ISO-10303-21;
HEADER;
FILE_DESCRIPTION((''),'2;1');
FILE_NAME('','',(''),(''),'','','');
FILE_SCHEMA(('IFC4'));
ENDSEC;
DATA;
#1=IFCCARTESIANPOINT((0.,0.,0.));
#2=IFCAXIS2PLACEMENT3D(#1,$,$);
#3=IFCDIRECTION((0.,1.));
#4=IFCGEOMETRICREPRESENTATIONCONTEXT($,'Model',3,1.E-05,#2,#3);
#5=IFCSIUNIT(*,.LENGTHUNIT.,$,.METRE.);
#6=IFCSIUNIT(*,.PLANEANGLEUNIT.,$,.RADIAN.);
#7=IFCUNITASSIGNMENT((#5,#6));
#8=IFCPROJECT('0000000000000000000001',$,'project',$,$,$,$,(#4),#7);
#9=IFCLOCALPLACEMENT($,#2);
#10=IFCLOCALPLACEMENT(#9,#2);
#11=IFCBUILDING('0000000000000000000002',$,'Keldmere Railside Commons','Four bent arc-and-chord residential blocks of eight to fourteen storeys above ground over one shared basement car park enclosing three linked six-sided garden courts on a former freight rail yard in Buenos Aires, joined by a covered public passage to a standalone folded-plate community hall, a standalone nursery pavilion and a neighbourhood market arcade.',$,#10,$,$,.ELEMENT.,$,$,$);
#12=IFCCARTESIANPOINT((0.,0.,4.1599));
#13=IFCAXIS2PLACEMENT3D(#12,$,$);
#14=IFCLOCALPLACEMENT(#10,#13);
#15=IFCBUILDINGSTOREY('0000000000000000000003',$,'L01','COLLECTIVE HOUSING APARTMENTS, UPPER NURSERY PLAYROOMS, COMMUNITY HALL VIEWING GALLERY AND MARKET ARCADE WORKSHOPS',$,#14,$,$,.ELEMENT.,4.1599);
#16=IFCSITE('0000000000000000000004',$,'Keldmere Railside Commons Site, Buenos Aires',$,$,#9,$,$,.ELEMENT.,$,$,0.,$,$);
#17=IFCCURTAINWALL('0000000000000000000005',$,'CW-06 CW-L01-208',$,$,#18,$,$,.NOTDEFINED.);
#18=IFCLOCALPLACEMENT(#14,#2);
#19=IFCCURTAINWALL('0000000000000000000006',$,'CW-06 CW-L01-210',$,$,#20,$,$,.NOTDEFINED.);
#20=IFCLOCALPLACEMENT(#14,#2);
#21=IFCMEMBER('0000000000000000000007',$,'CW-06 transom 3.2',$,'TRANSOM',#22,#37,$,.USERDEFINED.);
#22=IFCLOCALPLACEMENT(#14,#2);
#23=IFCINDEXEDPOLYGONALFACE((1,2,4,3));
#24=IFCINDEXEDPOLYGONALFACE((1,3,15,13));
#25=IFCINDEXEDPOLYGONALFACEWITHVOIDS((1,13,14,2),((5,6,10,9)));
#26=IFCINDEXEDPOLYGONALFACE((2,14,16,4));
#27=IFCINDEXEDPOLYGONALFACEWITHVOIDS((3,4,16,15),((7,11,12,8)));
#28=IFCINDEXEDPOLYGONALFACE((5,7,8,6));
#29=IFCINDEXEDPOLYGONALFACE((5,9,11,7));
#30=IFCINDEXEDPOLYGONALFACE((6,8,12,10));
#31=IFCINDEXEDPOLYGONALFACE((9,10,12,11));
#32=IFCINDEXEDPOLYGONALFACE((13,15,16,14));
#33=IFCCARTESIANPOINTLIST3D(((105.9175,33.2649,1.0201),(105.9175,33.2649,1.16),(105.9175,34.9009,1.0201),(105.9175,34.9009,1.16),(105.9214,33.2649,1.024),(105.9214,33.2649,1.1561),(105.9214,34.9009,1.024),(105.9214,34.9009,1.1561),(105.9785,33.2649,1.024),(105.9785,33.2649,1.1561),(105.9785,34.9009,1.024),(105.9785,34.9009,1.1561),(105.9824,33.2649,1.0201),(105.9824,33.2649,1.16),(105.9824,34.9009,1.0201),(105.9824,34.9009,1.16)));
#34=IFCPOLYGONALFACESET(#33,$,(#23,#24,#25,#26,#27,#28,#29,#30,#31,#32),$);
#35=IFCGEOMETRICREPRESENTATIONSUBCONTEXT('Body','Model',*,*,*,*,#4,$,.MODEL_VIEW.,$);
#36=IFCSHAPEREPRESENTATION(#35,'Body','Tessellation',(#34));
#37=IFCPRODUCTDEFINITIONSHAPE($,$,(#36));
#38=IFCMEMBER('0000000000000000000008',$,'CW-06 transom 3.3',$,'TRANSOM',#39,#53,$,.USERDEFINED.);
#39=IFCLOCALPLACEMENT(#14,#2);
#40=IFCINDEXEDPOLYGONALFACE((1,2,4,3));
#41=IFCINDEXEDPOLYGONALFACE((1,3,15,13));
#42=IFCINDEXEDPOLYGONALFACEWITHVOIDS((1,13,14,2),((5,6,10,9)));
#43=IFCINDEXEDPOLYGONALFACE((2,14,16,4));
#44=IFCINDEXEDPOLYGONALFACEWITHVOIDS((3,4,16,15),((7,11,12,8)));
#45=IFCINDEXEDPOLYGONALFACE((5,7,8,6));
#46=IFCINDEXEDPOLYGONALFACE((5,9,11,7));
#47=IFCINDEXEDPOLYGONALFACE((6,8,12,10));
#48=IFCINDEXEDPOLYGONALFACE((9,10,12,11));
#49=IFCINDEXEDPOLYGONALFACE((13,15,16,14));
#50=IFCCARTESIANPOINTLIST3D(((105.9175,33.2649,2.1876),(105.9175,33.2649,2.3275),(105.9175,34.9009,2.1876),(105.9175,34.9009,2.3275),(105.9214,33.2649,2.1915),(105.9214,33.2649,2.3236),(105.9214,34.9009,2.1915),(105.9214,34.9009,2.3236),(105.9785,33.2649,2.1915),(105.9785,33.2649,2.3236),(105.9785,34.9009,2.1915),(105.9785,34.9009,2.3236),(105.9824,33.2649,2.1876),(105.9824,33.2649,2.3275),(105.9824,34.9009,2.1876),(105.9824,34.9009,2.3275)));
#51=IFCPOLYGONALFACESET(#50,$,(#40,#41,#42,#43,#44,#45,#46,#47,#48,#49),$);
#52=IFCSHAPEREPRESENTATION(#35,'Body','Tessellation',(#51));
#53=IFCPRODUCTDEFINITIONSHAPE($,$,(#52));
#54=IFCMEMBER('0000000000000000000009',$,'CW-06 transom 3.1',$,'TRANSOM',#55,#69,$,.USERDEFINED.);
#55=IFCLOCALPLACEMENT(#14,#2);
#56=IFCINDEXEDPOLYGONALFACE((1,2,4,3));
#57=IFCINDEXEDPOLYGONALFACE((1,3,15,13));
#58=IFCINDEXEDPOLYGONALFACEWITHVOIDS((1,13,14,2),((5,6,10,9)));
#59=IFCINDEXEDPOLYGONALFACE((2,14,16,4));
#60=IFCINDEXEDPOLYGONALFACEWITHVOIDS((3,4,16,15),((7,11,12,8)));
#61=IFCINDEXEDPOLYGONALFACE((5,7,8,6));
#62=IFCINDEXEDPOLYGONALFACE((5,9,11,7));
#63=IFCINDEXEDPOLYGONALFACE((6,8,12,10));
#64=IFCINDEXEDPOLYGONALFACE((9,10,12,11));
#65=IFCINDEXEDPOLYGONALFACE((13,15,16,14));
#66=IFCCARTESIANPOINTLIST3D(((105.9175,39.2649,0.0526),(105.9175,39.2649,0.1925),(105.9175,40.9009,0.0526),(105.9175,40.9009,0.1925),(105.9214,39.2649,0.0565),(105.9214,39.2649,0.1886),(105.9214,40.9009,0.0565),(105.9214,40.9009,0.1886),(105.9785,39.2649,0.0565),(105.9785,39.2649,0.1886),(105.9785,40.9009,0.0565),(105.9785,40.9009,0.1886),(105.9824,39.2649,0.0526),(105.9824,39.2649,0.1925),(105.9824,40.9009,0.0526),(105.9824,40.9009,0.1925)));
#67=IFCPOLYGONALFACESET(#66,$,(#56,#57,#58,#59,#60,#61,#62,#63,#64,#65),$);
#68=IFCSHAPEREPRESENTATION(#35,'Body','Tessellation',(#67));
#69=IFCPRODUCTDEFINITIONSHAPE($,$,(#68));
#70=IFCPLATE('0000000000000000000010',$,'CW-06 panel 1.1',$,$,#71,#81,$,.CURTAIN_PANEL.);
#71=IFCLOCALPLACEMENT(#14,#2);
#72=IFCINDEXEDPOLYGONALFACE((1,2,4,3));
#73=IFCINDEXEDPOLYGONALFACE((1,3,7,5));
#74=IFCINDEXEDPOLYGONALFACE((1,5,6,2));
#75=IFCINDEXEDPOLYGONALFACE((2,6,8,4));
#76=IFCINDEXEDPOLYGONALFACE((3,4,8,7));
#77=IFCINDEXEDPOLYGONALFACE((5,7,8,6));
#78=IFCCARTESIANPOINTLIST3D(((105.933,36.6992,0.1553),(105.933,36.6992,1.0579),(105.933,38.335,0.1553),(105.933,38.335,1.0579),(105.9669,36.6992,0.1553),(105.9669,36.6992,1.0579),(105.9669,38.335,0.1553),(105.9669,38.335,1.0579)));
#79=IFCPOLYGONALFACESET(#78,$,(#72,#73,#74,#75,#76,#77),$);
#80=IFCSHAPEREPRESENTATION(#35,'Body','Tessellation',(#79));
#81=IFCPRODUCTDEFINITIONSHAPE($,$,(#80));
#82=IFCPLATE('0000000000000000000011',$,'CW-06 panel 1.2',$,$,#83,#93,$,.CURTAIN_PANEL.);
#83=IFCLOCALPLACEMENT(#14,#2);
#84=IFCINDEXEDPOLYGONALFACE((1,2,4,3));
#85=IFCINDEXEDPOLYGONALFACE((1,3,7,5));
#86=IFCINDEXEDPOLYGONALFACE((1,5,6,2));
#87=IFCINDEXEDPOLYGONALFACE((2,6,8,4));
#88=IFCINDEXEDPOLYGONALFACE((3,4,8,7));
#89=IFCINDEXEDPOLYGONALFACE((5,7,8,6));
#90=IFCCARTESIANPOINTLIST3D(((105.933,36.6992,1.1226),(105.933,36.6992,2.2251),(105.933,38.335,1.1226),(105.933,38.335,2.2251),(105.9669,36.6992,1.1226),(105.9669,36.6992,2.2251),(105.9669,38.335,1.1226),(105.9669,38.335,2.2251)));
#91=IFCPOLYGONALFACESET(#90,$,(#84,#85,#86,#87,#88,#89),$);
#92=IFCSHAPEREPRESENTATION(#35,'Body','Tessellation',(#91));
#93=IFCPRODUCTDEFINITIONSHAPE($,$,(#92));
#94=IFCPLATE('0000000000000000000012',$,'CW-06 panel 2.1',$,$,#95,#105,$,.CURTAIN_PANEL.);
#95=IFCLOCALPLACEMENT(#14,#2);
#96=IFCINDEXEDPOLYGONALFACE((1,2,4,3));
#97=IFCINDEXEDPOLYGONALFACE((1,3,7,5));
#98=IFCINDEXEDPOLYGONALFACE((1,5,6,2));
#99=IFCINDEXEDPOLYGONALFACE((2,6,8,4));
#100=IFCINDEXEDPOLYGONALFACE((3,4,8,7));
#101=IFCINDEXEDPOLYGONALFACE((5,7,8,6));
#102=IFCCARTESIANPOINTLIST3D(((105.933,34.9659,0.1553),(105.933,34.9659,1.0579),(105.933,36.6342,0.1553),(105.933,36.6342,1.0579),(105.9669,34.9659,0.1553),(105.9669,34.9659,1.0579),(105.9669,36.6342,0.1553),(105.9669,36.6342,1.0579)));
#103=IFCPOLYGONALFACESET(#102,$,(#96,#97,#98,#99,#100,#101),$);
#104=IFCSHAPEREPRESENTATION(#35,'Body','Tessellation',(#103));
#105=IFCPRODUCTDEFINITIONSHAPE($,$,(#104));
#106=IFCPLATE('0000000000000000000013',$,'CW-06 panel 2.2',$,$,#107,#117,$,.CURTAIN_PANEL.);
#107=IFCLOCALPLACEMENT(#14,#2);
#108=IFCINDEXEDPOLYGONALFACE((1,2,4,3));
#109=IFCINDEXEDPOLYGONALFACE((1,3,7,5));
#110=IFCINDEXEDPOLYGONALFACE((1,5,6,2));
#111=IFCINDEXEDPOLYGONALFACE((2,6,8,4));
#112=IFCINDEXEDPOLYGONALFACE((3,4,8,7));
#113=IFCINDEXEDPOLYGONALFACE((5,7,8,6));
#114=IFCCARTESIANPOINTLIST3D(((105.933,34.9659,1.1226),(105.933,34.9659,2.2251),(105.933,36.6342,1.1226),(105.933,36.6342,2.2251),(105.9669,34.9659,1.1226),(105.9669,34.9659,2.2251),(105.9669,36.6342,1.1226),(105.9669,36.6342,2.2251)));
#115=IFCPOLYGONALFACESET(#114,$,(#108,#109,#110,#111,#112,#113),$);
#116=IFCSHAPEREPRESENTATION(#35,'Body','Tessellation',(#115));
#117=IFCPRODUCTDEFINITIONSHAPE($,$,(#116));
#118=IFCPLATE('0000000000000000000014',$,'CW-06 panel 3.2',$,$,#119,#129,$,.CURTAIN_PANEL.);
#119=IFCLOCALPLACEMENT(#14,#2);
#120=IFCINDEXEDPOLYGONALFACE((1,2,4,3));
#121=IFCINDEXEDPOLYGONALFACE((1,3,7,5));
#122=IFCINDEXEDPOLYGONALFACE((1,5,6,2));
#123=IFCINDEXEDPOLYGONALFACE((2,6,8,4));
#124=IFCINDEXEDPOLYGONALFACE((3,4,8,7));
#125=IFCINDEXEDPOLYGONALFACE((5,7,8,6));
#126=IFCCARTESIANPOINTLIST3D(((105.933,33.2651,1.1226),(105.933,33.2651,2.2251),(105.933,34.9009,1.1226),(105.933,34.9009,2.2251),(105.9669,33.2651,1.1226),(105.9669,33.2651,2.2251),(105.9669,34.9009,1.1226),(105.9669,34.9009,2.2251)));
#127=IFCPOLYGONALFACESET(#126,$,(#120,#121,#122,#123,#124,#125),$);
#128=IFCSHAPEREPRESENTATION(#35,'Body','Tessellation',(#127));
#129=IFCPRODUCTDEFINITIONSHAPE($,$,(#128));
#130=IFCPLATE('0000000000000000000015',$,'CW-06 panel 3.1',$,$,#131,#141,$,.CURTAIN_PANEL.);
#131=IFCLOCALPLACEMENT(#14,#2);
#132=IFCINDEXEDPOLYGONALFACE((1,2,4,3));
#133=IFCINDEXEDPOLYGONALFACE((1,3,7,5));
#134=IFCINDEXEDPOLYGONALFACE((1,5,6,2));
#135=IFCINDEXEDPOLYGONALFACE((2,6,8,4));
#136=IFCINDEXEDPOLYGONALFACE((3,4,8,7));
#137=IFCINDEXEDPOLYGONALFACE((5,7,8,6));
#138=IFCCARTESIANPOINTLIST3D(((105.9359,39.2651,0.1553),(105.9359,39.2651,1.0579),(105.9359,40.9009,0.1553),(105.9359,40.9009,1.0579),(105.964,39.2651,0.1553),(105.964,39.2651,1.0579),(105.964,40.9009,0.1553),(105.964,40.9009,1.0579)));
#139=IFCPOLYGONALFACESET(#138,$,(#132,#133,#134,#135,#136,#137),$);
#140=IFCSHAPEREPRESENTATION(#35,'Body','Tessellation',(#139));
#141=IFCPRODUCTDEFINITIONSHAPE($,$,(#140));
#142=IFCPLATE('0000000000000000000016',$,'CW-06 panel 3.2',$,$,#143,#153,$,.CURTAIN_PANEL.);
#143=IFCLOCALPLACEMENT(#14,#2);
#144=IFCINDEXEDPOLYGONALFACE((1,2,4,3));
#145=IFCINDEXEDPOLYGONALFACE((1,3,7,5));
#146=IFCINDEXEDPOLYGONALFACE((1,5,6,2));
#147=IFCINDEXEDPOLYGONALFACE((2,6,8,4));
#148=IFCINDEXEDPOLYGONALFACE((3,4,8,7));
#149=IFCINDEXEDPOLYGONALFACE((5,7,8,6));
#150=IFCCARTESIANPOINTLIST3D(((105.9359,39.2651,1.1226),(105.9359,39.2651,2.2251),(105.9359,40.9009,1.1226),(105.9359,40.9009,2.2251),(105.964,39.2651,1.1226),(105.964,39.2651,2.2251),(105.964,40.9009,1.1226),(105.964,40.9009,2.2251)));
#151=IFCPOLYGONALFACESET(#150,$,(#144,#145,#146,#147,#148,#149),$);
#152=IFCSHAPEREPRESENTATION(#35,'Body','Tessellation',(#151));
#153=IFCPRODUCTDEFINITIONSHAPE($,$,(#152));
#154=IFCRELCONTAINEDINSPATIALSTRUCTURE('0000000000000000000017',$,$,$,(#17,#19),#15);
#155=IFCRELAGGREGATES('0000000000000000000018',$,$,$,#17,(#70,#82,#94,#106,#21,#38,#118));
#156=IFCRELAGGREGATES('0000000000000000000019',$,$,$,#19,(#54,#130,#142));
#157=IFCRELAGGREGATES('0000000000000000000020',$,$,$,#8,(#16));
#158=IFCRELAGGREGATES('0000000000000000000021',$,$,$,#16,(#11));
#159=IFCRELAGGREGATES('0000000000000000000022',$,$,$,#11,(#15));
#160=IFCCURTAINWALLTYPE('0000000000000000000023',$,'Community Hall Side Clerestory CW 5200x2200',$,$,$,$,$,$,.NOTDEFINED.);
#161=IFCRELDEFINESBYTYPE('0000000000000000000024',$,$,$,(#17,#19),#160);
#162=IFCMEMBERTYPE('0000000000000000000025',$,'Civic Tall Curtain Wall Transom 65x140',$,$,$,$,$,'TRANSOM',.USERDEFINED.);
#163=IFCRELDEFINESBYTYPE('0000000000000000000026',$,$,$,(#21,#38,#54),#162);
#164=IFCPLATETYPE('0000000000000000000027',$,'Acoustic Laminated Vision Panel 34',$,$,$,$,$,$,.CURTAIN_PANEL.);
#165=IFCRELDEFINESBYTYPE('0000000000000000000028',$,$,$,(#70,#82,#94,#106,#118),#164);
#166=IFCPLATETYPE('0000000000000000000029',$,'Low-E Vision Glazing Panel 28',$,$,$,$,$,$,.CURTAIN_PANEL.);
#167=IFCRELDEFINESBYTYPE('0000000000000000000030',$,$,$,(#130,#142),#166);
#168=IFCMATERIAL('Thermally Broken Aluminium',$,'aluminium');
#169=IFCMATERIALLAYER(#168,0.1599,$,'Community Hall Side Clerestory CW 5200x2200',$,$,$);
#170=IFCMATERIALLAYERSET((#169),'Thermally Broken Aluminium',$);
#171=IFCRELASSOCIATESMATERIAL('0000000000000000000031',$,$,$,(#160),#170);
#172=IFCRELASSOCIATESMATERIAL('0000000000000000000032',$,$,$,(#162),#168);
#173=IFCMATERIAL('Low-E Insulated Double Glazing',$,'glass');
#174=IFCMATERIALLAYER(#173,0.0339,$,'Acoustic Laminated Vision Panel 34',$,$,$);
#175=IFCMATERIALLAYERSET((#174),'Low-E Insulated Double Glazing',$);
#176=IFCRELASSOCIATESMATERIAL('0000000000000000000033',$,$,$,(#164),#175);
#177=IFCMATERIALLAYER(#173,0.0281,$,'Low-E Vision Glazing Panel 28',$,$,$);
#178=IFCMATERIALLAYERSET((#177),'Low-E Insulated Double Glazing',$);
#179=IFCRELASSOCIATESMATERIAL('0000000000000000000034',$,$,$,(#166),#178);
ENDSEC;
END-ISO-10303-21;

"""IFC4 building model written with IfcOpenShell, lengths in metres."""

from ifc_helpers import new_model, si_unit, direction, frame, origin, origin_2d, place, context, subcontext, project, spatial, rectangle, hollow_rectangle, extrude, material, layer, layer_set, material_profile, profile_set, type_object, element, aggregate, save


model = new_model("IFC4")

# Units and contexts
model_context = context("Model", 3, precision=1e-05, world=origin(), true_north=direction((0.0, 1.0)))
body_context = subcontext(model_context, "Body", "Model", "MODEL_VIEW")
ifc_project = project(units=[si_unit("LENGTHUNIT", "METRE"), si_unit("PLANEANGLEUNIT", "RADIAN")], contexts=[model_context])

# Site, building, storey
site_placement = place(None, origin())
site = spatial("IfcSite", under=ifc_project, at=site_placement, Name="Keldmere Railside Commons Site, Buenos Aires", CompositionType="ELEMENT", RefElevation=0.0)
building_placement = place(site_placement, origin())
building = spatial("IfcBuilding", under=site, at=building_placement, Name="Keldmere Railside Commons", Description="Four bent arc-and-chord residential blocks of eight to fourteen storeys above ground over one shared basement car park enclosing three linked six-sided garden courts on a former freight rail yard in Buenos Aires, joined by a covered public passage to a standalone folded-plate community hall, a standalone nursery pavilion and a neighbourhood market arcade.", CompositionType="ELEMENT")
storey_placement = place(building_placement, frame((0.0, 0.0, 4.1599)))
storey = spatial("IfcBuildingStorey", under=building, at=storey_placement, Name="L01", Description="COLLECTIVE HOUSING APARTMENTS, UPPER NURSERY PLAYROOMS, COMMUNITY HALL VIEWING GALLERY AND MARKET ARCADE WORKSHOPS", CompositionType="ELEMENT", Elevation=4.1599)

# Curtain wall
ifc_material_1 = material(Name="Thermally Broken Aluminium", Category="aluminium")
ifc_layer_1 = layer(ifc_material_1, 0.1599, Name="Community Hall Side Clerestory CW 5200x2200")
ifc_layer_set_1 = layer_set([ifc_layer_1], Name="Thermally Broken Aluminium")
curtain_wall_type = type_object("IfcCurtainWallType", Name="Community Hall Side Clerestory CW 5200x2200", PredefinedType="NOTDEFINED", material=ifc_layer_set_1)
curtain_wall_1_placement = place(storey_placement, origin())
curtain_wall_1 = element("IfcCurtainWall", 1, at=curtain_wall_1_placement, inside=storey, type_object=curtain_wall_type, Name="CW-06 CW-L01-208", PredefinedType="NOTDEFINED")

# Curtain wall
curtain_wall_2_placement = place(storey_placement, origin())
curtain_wall_2 = element("IfcCurtainWall", 2, at=curtain_wall_2_placement, inside=storey, type_object=curtain_wall_type, Name="CW-06 CW-L01-210", PredefinedType="NOTDEFINED")

# Members
ifc_material_profile_1 = material_profile(ifc_material_1, hollow_rectangle(XDim=0.0649, YDim=0.1399, WallThickness=0.0039, at=origin_2d()), Name="ALU-TRAN-65x140")
ifc_profile_set_1 = profile_set([ifc_material_profile_1], Name="Thermally Broken Aluminium")
member_type_1 = type_object("IfcMemberType", Name="Civic Tall Curtain Wall Transom 65x140", ElementType="TRANSOM", PredefinedType="USERDEFINED", material=ifc_profile_set_1)
member_1_placement = place(storey_placement, frame((105.95, 34.9009, 1.0901), z_axis=(0.0, -1.0, 0.0), x_axis=(1.0, 0.0, 0.0)))
member_1 = element("IfcMember", 3, at=member_1_placement, type_object=member_type_1, Name="CW-06 transom 3.2", ObjectType="TRANSOM", PredefinedType="USERDEFINED", context=body_context, shape_type="SweptSolid", body=[
    extrude(hollow_rectangle(XDim=0.0649, YDim=0.1399, WallThickness=0.0039, at=origin_2d()), origin(), (0.0, 0.0, 1.0), 1.636),
])
member_2_placement = place(storey_placement, frame((105.95, 34.9009, 2.2576), z_axis=(0.0, -1.0, 0.0), x_axis=(1.0, 0.0, 0.0)))
member_2 = element("IfcMember", 4, at=member_2_placement, type_object=member_type_1, Name="CW-06 transom 3.3", ObjectType="TRANSOM", PredefinedType="USERDEFINED", context=body_context, shape_type="SweptSolid", body=[
    extrude(hollow_rectangle(XDim=0.0649, YDim=0.1399, WallThickness=0.0039, at=origin_2d()), origin(), (0.0, 0.0, 1.0), 1.636),
])
member_3_placement = place(storey_placement, frame((105.95, 40.9009, 0.1226), z_axis=(0.0, -1.0, 0.0), x_axis=(1.0, 0.0, 0.0)))
member_3 = element("IfcMember", 5, at=member_3_placement, type_object=member_type_1, Name="CW-06 transom 3.1", ObjectType="TRANSOM", PredefinedType="USERDEFINED", context=body_context, shape_type="SweptSolid", body=[
    extrude(hollow_rectangle(XDim=0.0649, YDim=0.1399, WallThickness=0.0039, at=origin_2d()), origin(), (0.0, 0.0, 1.0), 1.636),
])

# Plates
ifc_material_2 = material(Name="Low-E Insulated Double Glazing", Category="glass")
ifc_layer_2 = layer(ifc_material_2, 0.0339, Name="Acoustic Laminated Vision Panel 34")
ifc_layer_set_2 = layer_set([ifc_layer_2], Name="Low-E Insulated Double Glazing")
plate_type_1 = type_object("IfcPlateType", Name="Acoustic Laminated Vision Panel 34", PredefinedType="CURTAIN_PANEL", material=ifc_layer_set_2)
plate_1_placement = place(storey_placement, frame((105.95, 37.5171, 0.1553), z_axis=(0.0, 0.0, 1.0), x_axis=(0.0, -1.0, 0.0)))
plate_1 = element("IfcPlate", 6, at=plate_1_placement, type_object=plate_type_1, Name="CW-06 panel 1.1", PredefinedType="CURTAIN_PANEL", context=body_context, shape_type="SweptSolid", body=[
    extrude(rectangle(XDim=1.6357, YDim=0.0339, at=origin_2d()), origin(), (0.0, 0.0, 1.0), 0.9026),
])
plate_2_placement = place(storey_placement, frame((105.95, 37.5171, 1.1226), z_axis=(0.0, 0.0, 1.0), x_axis=(0.0, -1.0, 0.0)))
plate_2 = element("IfcPlate", 7, at=plate_2_placement, type_object=plate_type_1, Name="CW-06 panel 1.2", PredefinedType="CURTAIN_PANEL", context=body_context, shape_type="SweptSolid", body=[
    extrude(rectangle(XDim=1.6357, YDim=0.0339, at=origin_2d()), origin(), (0.0, 0.0, 1.0), 1.1025),
])
plate_3_placement = place(storey_placement, frame((105.95, 35.8, 0.1553), z_axis=(0.0, 0.0, 1.0), x_axis=(0.0, -1.0, 0.0)))
plate_3 = element("IfcPlate", 8, at=plate_3_placement, type_object=plate_type_1, Name="CW-06 panel 2.1", PredefinedType="CURTAIN_PANEL", context=body_context, shape_type="SweptSolid", body=[
    extrude(rectangle(XDim=1.6682, YDim=0.0339, at=origin_2d()), origin(), (0.0, 0.0, 1.0), 0.9026),
])
plate_4_placement = place(storey_placement, frame((105.95, 35.8, 1.1226), z_axis=(0.0, 0.0, 1.0), x_axis=(0.0, -1.0, 0.0)))
plate_4 = element("IfcPlate", 9, at=plate_4_placement, type_object=plate_type_1, Name="CW-06 panel 2.2", PredefinedType="CURTAIN_PANEL", context=body_context, shape_type="SweptSolid", body=[
    extrude(rectangle(XDim=1.6682, YDim=0.0339, at=origin_2d()), origin(), (0.0, 0.0, 1.0), 1.1025),
])
plate_5_placement = place(storey_placement, frame((105.95, 34.083, 1.1226), z_axis=(0.0, 0.0, 1.0), x_axis=(0.0, -1.0, 0.0)))
plate_5 = element("IfcPlate", 10, at=plate_5_placement, type_object=plate_type_1, Name="CW-06 panel 3.2", PredefinedType="CURTAIN_PANEL", context=body_context, shape_type="SweptSolid", body=[
    extrude(rectangle(XDim=1.6357, YDim=0.0339, at=origin_2d()), origin(), (0.0, 0.0, 1.0), 1.1025),
])
aggregate(curtain_wall_1, [plate_1, plate_2, plate_3, plate_4, member_1, member_2, plate_5])
ifc_layer_3 = layer(ifc_material_2, 0.0281, Name="Low-E Vision Glazing Panel 28")
ifc_layer_set_3 = layer_set([ifc_layer_3], Name="Low-E Insulated Double Glazing")
plate_type_2 = type_object("IfcPlateType", Name="Low-E Vision Glazing Panel 28", PredefinedType="CURTAIN_PANEL", material=ifc_layer_set_3)
plate_6_placement = place(storey_placement, frame((105.95, 40.083, 0.1553), z_axis=(0.0, 0.0, 1.0), x_axis=(0.0, -1.0, 0.0)))
plate_6 = element("IfcPlate", 11, at=plate_6_placement, type_object=plate_type_2, Name="CW-06 panel 3.1", PredefinedType="CURTAIN_PANEL", context=body_context, shape_type="SweptSolid", body=[
    extrude(rectangle(XDim=1.6357, YDim=0.0281, at=origin_2d()), origin(), (0.0, 0.0, 1.0), 0.9026),
])
plate_7_placement = place(storey_placement, frame((105.95, 40.083, 1.1226), z_axis=(0.0, 0.0, 1.0), x_axis=(0.0, -1.0, 0.0)))
plate_7 = element("IfcPlate", 12, at=plate_7_placement, type_object=plate_type_2, Name="CW-06 panel 3.2", PredefinedType="CURTAIN_PANEL", context=body_context, shape_type="SweptSolid", body=[
    extrude(rectangle(XDim=1.6357, YDim=0.0281, at=origin_2d()), origin(), (0.0, 0.0, 1.0), 1.1025),
])
aggregate(curtain_wall_2, [member_3, plate_6, plate_7])

save(model, "model.ifc")
